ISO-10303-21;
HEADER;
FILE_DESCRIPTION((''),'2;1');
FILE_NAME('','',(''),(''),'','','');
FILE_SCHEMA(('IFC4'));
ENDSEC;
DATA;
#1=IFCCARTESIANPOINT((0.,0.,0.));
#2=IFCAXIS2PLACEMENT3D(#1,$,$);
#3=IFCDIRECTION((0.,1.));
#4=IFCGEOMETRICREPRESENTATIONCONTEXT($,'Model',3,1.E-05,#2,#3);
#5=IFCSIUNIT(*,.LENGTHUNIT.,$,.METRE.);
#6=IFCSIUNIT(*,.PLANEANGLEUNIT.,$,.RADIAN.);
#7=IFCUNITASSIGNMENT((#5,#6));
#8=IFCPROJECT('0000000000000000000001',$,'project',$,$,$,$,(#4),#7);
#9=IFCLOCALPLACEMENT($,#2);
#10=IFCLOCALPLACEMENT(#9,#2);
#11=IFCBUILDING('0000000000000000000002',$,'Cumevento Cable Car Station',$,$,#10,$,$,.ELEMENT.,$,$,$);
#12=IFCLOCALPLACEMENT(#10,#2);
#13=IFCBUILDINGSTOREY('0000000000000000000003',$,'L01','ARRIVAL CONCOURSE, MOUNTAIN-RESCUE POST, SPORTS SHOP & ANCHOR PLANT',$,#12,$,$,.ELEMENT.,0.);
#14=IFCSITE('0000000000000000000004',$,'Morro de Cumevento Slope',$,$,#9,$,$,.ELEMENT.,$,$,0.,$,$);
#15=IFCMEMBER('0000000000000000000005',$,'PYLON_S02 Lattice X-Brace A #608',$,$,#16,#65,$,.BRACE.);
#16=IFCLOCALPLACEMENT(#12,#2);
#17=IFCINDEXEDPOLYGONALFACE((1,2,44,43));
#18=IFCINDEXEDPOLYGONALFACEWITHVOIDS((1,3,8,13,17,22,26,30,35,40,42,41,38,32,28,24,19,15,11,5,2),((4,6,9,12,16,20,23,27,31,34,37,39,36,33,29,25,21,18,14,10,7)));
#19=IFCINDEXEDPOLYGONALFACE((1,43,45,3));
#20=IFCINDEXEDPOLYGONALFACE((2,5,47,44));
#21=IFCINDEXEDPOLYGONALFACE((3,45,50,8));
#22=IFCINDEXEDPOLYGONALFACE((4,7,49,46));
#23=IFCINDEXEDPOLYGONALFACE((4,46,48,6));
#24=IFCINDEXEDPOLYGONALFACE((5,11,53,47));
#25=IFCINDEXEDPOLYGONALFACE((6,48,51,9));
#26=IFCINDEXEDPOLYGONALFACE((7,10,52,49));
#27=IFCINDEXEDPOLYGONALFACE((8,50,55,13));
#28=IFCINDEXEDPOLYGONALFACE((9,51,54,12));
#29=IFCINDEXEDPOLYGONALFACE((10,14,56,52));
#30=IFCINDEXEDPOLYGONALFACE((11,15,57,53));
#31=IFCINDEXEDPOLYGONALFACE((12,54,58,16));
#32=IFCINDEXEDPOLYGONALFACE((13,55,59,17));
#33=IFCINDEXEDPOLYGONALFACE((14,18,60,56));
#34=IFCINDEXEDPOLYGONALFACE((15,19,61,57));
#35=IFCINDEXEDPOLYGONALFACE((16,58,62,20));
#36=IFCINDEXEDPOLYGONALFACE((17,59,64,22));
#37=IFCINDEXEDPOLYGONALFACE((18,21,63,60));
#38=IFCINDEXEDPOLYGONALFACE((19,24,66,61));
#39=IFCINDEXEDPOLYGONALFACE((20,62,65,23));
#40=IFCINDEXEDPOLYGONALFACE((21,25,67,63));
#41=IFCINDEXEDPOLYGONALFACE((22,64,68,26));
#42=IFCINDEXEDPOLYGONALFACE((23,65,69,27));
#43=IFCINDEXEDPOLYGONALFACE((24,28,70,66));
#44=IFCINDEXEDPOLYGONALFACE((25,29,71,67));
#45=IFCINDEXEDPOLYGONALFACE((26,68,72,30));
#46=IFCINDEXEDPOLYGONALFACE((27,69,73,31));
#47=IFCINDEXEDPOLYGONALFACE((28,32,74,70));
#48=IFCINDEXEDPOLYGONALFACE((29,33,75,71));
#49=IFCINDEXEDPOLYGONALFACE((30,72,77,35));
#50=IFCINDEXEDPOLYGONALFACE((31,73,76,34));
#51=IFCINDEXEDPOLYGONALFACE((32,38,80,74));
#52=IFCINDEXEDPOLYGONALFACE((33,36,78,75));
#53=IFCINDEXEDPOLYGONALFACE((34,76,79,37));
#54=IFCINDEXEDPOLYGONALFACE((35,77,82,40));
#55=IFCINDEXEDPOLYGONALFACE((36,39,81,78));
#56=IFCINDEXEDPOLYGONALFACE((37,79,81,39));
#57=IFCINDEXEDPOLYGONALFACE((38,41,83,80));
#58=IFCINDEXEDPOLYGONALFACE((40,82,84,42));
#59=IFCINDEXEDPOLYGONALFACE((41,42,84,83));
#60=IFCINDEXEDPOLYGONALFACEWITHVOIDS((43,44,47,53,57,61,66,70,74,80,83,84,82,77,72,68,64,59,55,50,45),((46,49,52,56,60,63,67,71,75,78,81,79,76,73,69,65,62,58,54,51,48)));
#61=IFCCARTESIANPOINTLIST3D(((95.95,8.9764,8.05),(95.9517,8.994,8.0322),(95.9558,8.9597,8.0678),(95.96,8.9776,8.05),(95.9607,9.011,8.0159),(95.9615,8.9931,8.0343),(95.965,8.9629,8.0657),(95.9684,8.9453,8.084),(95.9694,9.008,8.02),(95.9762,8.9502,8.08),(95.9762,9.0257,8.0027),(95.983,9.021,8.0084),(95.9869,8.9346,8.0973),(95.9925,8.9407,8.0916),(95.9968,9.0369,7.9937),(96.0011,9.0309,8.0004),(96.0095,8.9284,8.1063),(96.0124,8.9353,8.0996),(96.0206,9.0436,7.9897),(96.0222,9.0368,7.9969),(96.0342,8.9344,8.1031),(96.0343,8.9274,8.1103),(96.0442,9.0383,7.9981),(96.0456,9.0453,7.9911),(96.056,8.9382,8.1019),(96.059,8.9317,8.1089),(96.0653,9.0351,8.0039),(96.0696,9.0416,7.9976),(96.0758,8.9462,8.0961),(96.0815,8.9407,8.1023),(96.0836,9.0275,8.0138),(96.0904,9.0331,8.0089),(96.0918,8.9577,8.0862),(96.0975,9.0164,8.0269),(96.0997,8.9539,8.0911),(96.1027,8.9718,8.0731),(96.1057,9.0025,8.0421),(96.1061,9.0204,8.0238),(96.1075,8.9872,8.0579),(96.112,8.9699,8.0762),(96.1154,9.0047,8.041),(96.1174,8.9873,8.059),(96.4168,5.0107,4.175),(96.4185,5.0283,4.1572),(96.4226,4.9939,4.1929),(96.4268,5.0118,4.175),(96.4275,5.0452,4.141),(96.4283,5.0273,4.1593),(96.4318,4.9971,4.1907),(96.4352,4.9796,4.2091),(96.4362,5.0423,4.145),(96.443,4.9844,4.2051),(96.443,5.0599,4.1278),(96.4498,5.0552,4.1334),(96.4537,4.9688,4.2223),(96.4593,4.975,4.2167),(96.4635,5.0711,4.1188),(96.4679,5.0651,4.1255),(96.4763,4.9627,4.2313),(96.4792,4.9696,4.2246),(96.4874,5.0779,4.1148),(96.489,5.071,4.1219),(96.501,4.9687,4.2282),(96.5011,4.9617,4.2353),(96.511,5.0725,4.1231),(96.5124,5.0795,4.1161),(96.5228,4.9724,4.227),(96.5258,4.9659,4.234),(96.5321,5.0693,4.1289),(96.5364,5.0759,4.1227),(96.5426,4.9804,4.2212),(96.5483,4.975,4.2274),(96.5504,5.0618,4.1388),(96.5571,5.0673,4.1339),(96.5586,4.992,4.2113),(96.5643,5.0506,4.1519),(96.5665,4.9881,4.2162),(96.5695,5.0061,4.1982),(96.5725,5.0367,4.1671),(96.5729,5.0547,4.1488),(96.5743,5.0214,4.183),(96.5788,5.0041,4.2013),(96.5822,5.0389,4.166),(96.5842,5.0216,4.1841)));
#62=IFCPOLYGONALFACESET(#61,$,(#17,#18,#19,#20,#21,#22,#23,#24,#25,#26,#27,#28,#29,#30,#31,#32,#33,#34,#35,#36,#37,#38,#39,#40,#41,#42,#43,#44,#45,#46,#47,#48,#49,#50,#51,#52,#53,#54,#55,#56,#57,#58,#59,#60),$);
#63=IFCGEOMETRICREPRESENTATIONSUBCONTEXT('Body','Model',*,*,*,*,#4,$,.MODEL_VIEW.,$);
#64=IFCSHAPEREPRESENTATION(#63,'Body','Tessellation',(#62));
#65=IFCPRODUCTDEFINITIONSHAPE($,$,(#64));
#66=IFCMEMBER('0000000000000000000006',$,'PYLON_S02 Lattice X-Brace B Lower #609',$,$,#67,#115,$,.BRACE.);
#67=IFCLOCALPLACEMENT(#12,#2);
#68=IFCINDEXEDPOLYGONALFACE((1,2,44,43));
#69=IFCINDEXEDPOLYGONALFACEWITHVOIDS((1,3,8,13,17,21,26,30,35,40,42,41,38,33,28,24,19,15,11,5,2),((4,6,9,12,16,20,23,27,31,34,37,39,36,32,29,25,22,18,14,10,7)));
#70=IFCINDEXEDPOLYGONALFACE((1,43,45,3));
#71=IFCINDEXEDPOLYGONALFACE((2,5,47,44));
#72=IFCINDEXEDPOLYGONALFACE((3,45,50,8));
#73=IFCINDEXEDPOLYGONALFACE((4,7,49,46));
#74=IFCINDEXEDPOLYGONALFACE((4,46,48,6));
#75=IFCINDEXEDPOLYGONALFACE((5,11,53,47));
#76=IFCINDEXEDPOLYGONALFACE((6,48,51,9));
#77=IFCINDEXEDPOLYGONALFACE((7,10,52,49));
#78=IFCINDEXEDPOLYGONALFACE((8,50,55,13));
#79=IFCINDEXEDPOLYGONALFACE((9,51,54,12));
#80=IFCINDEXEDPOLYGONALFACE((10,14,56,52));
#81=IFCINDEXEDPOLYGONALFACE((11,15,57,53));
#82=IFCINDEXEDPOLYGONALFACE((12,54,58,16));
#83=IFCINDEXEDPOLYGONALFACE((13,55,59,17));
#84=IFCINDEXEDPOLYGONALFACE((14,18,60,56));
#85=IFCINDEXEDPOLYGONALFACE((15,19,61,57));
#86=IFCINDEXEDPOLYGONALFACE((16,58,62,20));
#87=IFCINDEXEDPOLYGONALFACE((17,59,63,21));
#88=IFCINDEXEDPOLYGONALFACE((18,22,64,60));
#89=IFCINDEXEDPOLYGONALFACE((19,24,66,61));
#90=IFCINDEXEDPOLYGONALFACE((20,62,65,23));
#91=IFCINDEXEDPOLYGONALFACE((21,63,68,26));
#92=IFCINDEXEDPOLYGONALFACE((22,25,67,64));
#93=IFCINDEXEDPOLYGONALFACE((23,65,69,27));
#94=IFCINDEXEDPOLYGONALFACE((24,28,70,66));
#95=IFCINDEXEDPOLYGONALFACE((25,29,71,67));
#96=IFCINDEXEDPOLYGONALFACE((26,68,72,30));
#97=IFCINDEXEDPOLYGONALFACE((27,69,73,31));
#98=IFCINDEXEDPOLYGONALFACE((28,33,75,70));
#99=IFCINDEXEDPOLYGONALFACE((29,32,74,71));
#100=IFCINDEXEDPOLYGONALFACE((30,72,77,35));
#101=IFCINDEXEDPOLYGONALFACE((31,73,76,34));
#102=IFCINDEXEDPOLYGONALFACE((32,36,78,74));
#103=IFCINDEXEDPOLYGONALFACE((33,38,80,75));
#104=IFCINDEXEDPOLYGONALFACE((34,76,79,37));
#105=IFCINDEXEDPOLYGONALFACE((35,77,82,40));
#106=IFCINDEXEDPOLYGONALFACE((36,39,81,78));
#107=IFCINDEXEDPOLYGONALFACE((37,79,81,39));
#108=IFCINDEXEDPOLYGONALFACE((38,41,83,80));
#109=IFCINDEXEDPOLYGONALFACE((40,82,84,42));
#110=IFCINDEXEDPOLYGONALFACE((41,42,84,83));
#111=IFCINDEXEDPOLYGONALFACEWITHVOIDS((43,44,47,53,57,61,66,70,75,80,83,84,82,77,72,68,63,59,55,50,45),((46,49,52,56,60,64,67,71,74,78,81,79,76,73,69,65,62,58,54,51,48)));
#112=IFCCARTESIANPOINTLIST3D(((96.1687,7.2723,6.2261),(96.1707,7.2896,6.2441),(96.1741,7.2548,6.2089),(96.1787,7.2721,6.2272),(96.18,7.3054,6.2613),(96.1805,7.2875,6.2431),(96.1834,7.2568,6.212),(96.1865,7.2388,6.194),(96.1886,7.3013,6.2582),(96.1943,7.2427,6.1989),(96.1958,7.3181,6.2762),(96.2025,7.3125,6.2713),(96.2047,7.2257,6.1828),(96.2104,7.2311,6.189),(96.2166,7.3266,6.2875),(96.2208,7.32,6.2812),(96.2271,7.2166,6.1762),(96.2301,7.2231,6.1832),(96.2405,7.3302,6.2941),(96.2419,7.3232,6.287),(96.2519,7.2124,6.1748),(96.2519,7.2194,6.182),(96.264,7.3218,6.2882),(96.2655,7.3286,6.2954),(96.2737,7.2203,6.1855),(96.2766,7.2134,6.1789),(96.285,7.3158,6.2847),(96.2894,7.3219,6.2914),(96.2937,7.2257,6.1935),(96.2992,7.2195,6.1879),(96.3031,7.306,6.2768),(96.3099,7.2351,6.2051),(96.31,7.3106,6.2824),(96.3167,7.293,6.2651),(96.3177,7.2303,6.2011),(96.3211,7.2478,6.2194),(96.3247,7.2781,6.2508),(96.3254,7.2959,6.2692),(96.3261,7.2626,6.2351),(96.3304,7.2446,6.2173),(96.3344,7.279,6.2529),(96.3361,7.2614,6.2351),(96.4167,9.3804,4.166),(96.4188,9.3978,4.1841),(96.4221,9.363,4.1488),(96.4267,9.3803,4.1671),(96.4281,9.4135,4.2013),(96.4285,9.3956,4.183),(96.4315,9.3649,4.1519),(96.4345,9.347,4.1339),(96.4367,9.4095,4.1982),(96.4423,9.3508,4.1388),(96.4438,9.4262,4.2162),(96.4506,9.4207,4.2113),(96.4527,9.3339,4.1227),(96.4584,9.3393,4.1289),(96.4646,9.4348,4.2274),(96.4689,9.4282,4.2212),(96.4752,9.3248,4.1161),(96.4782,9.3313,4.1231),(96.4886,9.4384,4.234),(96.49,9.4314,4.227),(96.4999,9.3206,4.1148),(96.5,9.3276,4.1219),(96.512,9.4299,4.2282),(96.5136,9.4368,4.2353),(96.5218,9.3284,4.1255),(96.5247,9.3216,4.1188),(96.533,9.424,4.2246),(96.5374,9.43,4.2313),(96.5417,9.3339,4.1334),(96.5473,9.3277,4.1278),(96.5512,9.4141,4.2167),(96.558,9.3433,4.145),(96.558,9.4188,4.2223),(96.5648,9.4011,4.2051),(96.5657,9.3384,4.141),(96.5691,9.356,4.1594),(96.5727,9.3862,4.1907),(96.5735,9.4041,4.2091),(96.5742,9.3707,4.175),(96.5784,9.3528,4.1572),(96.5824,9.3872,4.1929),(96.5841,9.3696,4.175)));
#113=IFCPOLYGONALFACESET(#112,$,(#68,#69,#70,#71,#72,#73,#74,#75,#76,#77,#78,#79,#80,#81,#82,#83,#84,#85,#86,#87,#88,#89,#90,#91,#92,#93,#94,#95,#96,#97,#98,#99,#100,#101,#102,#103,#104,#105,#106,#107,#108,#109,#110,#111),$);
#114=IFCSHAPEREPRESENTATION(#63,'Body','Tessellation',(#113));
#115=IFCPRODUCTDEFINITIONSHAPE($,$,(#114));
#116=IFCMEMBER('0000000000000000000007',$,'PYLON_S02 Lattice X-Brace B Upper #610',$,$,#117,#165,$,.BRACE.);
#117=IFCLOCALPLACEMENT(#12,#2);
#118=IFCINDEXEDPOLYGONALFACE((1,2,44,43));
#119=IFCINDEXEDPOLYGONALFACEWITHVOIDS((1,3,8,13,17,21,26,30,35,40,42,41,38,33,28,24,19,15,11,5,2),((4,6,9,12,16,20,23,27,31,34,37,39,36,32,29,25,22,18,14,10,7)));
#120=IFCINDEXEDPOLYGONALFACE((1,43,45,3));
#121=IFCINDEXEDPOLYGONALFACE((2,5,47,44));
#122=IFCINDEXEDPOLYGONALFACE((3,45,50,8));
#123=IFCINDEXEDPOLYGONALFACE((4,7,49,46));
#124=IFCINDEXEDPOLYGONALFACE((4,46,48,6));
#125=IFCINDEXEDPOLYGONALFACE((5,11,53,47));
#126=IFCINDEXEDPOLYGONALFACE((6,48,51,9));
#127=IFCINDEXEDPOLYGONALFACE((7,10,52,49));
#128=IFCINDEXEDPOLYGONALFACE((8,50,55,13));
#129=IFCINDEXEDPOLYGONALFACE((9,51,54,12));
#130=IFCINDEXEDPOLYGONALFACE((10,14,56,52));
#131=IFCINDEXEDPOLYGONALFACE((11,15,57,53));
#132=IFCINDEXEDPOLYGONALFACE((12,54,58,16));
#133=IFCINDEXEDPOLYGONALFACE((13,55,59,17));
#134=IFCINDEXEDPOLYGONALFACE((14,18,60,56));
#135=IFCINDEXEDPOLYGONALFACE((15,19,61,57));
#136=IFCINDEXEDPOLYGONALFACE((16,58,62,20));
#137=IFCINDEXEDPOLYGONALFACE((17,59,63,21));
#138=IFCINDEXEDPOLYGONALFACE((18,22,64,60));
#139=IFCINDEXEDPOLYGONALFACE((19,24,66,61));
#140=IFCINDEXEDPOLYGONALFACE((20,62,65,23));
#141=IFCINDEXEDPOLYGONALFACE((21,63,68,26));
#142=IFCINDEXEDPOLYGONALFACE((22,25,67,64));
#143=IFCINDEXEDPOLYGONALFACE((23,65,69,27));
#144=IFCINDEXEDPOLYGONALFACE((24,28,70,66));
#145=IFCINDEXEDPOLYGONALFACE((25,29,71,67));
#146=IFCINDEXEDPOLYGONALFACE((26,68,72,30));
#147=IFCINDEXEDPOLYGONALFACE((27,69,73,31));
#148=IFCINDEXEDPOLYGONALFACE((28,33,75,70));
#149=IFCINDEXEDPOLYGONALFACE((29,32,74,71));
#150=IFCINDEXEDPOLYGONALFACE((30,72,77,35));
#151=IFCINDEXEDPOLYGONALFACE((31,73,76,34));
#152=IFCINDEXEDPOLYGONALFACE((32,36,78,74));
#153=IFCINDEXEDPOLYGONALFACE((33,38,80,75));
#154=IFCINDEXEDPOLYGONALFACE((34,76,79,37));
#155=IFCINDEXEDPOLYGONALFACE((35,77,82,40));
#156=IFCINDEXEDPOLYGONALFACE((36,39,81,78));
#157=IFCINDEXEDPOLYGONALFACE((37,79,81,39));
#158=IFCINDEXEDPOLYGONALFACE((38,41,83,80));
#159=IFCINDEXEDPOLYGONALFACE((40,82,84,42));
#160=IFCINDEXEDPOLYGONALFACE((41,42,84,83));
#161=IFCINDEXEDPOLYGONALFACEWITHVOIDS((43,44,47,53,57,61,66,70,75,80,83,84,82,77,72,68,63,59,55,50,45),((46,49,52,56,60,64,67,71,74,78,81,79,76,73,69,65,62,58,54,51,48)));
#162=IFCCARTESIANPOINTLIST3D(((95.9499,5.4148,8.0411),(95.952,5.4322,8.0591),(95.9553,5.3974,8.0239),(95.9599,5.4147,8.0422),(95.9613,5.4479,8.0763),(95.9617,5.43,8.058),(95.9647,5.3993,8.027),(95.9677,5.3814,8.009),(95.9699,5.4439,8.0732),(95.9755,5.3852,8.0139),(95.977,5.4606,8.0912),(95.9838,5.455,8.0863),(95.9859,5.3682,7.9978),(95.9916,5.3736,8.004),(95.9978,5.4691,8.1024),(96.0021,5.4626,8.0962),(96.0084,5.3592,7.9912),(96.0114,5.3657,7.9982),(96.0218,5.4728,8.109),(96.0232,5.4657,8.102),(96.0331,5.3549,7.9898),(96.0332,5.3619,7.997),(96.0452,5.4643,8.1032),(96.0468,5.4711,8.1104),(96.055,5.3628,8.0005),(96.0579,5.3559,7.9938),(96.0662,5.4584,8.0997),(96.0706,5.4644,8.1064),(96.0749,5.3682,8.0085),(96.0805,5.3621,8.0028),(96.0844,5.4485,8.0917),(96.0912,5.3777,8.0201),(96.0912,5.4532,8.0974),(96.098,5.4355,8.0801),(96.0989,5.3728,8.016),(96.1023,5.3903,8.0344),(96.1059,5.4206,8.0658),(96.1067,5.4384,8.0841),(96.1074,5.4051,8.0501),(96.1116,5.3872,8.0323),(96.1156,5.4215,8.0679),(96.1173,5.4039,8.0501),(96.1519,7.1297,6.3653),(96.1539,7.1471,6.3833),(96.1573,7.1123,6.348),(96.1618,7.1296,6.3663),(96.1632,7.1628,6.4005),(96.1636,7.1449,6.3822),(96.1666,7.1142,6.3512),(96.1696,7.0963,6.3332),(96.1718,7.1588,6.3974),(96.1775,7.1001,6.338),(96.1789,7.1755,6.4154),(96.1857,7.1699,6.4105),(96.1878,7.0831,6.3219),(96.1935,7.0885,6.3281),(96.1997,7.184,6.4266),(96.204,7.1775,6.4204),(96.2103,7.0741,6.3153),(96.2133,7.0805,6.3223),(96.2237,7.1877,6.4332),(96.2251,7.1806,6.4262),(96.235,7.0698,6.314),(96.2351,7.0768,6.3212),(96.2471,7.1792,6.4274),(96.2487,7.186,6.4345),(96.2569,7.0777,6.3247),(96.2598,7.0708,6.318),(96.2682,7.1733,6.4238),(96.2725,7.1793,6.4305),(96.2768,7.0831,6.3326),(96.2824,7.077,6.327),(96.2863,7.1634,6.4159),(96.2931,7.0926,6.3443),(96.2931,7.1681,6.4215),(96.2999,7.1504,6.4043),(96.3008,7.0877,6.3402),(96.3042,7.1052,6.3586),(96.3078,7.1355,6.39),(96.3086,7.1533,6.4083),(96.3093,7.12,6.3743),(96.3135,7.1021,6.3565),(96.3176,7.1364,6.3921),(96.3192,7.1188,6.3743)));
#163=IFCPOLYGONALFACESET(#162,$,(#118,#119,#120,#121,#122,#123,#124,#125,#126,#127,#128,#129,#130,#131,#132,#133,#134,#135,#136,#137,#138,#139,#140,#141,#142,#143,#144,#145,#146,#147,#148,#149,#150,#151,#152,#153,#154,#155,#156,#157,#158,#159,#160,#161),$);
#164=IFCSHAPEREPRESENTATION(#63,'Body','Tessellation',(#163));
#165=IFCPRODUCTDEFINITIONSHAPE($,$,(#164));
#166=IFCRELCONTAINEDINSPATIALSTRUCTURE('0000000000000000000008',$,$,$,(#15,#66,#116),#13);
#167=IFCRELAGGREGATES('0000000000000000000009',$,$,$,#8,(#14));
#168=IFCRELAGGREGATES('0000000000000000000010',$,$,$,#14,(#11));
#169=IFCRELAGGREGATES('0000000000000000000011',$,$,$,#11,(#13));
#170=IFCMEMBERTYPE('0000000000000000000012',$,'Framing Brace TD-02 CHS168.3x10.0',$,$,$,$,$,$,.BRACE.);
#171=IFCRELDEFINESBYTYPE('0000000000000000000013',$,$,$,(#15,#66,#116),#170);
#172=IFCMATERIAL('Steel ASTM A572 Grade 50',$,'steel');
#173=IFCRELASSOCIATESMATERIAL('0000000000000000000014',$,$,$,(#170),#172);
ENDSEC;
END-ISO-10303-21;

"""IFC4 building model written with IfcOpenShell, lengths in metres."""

from ifc_helpers import new_model, si_unit, direction, frame, origin, origin_2d, place, context, subcontext, project, spatial, hollow_circle, extrude, material, material_profile, profile_set, type_object, element, save


model = new_model("IFC4")

# Units and contexts
model_context = context("Model", 3, precision=1e-05, world=origin(), true_north=direction((0.0, 1.0)))
body_context = subcontext(model_context, "Body", "Model", "MODEL_VIEW")
ifc_project = project(units=[si_unit("LENGTHUNIT", "METRE"), si_unit("PLANEANGLEUNIT", "RADIAN")], contexts=[model_context])

# Site, building, storey
site_placement = place(None, origin())
site = spatial("IfcSite", under=ifc_project, at=site_placement, Name="Morro de Cumevento Slope", CompositionType="ELEMENT", RefElevation=0.0)
building_placement = place(site_placement, origin())
building = spatial("IfcBuilding", under=site, at=building_placement, Name="Cumevento Cable Car Station", CompositionType="ELEMENT")
storey_placement = place(building_placement, origin())
storey = spatial("IfcBuildingStorey", under=building, at=storey_placement, Name="L01", Description="ARRIVAL CONCOURSE, MOUNTAIN-RESCUE POST, SPORTS SHOP & ANCHOR PLANT", CompositionType="ELEMENT", Elevation=0.0)

# Members
ifc_material_1 = material(Name="Steel ASTM A572 Grade 50", Category="steel")
ifc_material_profile_1 = material_profile(ifc_material_1, hollow_circle(Radius=0.0842, WallThickness=0.01, at=origin_2d()), Name="CHS168.3x10.0")
ifc_profile_set_1 = profile_set([ifc_material_profile_1], Name="Steel ASTM A572 Grade 50")
member_type_1 = type_object("IfcMemberType", Name="Framing Brace TD-02 CHS168.3x10.0", PredefinedType="BRACE", material=ifc_profile_set_1)
member_1_placement = place(storey_placement, frame((96.5005, 5.0205, 4.175), z_axis=(-0.083892, 0.712728, 0.696406), x_axis=(-0.993144, -0.116898, 0.0)))
element("IfcMember", 1, at=member_1_placement, inside=storey, type_object=member_type_1, Name="PYLON_S02 Lattice X-Brace A #608", PredefinedType="BRACE", context=body_context, shape_type="SweptSolid", body=[
    extrude(hollow_circle(Radius=0.0842, WallThickness=0.01, at=origin_2d()), origin(), (0.0, 0.0, 1.0), 5.5642),
])
member_2_placement = place(storey_placement, frame((96.5005, 9.3794, 4.175), z_axis=(-0.083857, -0.712699, 0.69644), x_axis=(0.993149, -0.116855, 0.0)))
element("IfcMember", 2, at=member_2_placement, inside=storey, type_object=member_type_1, Name="PYLON_S02 Lattice X-Brace B Lower #609", PredefinedType="BRACE", context=body_context, shape_type="SweptSolid", body=[
    extrude(hollow_circle(Radius=0.0842, WallThickness=0.01, at=origin_2d()), origin(), (0.0, 0.0, 1.0), 2.958),
])
member_3_placement = place(storey_placement, frame((96.2356, 7.1287, 6.3743), z_axis=(-0.083911, -0.712683, 0.696449), x_axis=(0.99314, -0.116931, 0.0)))
element("IfcMember", 3, at=member_3_placement, inside=storey, type_object=member_type_1, Name="PYLON_S02 Lattice X-Brace B Upper #610", PredefinedType="BRACE", context=body_context, shape_type="SweptSolid", body=[
    extrude(hollow_circle(Radius=0.0842, WallThickness=0.01, at=origin_2d()), origin(), (0.0, 0.0, 1.0), 2.4062),
])

save(model, "model.ifc")
